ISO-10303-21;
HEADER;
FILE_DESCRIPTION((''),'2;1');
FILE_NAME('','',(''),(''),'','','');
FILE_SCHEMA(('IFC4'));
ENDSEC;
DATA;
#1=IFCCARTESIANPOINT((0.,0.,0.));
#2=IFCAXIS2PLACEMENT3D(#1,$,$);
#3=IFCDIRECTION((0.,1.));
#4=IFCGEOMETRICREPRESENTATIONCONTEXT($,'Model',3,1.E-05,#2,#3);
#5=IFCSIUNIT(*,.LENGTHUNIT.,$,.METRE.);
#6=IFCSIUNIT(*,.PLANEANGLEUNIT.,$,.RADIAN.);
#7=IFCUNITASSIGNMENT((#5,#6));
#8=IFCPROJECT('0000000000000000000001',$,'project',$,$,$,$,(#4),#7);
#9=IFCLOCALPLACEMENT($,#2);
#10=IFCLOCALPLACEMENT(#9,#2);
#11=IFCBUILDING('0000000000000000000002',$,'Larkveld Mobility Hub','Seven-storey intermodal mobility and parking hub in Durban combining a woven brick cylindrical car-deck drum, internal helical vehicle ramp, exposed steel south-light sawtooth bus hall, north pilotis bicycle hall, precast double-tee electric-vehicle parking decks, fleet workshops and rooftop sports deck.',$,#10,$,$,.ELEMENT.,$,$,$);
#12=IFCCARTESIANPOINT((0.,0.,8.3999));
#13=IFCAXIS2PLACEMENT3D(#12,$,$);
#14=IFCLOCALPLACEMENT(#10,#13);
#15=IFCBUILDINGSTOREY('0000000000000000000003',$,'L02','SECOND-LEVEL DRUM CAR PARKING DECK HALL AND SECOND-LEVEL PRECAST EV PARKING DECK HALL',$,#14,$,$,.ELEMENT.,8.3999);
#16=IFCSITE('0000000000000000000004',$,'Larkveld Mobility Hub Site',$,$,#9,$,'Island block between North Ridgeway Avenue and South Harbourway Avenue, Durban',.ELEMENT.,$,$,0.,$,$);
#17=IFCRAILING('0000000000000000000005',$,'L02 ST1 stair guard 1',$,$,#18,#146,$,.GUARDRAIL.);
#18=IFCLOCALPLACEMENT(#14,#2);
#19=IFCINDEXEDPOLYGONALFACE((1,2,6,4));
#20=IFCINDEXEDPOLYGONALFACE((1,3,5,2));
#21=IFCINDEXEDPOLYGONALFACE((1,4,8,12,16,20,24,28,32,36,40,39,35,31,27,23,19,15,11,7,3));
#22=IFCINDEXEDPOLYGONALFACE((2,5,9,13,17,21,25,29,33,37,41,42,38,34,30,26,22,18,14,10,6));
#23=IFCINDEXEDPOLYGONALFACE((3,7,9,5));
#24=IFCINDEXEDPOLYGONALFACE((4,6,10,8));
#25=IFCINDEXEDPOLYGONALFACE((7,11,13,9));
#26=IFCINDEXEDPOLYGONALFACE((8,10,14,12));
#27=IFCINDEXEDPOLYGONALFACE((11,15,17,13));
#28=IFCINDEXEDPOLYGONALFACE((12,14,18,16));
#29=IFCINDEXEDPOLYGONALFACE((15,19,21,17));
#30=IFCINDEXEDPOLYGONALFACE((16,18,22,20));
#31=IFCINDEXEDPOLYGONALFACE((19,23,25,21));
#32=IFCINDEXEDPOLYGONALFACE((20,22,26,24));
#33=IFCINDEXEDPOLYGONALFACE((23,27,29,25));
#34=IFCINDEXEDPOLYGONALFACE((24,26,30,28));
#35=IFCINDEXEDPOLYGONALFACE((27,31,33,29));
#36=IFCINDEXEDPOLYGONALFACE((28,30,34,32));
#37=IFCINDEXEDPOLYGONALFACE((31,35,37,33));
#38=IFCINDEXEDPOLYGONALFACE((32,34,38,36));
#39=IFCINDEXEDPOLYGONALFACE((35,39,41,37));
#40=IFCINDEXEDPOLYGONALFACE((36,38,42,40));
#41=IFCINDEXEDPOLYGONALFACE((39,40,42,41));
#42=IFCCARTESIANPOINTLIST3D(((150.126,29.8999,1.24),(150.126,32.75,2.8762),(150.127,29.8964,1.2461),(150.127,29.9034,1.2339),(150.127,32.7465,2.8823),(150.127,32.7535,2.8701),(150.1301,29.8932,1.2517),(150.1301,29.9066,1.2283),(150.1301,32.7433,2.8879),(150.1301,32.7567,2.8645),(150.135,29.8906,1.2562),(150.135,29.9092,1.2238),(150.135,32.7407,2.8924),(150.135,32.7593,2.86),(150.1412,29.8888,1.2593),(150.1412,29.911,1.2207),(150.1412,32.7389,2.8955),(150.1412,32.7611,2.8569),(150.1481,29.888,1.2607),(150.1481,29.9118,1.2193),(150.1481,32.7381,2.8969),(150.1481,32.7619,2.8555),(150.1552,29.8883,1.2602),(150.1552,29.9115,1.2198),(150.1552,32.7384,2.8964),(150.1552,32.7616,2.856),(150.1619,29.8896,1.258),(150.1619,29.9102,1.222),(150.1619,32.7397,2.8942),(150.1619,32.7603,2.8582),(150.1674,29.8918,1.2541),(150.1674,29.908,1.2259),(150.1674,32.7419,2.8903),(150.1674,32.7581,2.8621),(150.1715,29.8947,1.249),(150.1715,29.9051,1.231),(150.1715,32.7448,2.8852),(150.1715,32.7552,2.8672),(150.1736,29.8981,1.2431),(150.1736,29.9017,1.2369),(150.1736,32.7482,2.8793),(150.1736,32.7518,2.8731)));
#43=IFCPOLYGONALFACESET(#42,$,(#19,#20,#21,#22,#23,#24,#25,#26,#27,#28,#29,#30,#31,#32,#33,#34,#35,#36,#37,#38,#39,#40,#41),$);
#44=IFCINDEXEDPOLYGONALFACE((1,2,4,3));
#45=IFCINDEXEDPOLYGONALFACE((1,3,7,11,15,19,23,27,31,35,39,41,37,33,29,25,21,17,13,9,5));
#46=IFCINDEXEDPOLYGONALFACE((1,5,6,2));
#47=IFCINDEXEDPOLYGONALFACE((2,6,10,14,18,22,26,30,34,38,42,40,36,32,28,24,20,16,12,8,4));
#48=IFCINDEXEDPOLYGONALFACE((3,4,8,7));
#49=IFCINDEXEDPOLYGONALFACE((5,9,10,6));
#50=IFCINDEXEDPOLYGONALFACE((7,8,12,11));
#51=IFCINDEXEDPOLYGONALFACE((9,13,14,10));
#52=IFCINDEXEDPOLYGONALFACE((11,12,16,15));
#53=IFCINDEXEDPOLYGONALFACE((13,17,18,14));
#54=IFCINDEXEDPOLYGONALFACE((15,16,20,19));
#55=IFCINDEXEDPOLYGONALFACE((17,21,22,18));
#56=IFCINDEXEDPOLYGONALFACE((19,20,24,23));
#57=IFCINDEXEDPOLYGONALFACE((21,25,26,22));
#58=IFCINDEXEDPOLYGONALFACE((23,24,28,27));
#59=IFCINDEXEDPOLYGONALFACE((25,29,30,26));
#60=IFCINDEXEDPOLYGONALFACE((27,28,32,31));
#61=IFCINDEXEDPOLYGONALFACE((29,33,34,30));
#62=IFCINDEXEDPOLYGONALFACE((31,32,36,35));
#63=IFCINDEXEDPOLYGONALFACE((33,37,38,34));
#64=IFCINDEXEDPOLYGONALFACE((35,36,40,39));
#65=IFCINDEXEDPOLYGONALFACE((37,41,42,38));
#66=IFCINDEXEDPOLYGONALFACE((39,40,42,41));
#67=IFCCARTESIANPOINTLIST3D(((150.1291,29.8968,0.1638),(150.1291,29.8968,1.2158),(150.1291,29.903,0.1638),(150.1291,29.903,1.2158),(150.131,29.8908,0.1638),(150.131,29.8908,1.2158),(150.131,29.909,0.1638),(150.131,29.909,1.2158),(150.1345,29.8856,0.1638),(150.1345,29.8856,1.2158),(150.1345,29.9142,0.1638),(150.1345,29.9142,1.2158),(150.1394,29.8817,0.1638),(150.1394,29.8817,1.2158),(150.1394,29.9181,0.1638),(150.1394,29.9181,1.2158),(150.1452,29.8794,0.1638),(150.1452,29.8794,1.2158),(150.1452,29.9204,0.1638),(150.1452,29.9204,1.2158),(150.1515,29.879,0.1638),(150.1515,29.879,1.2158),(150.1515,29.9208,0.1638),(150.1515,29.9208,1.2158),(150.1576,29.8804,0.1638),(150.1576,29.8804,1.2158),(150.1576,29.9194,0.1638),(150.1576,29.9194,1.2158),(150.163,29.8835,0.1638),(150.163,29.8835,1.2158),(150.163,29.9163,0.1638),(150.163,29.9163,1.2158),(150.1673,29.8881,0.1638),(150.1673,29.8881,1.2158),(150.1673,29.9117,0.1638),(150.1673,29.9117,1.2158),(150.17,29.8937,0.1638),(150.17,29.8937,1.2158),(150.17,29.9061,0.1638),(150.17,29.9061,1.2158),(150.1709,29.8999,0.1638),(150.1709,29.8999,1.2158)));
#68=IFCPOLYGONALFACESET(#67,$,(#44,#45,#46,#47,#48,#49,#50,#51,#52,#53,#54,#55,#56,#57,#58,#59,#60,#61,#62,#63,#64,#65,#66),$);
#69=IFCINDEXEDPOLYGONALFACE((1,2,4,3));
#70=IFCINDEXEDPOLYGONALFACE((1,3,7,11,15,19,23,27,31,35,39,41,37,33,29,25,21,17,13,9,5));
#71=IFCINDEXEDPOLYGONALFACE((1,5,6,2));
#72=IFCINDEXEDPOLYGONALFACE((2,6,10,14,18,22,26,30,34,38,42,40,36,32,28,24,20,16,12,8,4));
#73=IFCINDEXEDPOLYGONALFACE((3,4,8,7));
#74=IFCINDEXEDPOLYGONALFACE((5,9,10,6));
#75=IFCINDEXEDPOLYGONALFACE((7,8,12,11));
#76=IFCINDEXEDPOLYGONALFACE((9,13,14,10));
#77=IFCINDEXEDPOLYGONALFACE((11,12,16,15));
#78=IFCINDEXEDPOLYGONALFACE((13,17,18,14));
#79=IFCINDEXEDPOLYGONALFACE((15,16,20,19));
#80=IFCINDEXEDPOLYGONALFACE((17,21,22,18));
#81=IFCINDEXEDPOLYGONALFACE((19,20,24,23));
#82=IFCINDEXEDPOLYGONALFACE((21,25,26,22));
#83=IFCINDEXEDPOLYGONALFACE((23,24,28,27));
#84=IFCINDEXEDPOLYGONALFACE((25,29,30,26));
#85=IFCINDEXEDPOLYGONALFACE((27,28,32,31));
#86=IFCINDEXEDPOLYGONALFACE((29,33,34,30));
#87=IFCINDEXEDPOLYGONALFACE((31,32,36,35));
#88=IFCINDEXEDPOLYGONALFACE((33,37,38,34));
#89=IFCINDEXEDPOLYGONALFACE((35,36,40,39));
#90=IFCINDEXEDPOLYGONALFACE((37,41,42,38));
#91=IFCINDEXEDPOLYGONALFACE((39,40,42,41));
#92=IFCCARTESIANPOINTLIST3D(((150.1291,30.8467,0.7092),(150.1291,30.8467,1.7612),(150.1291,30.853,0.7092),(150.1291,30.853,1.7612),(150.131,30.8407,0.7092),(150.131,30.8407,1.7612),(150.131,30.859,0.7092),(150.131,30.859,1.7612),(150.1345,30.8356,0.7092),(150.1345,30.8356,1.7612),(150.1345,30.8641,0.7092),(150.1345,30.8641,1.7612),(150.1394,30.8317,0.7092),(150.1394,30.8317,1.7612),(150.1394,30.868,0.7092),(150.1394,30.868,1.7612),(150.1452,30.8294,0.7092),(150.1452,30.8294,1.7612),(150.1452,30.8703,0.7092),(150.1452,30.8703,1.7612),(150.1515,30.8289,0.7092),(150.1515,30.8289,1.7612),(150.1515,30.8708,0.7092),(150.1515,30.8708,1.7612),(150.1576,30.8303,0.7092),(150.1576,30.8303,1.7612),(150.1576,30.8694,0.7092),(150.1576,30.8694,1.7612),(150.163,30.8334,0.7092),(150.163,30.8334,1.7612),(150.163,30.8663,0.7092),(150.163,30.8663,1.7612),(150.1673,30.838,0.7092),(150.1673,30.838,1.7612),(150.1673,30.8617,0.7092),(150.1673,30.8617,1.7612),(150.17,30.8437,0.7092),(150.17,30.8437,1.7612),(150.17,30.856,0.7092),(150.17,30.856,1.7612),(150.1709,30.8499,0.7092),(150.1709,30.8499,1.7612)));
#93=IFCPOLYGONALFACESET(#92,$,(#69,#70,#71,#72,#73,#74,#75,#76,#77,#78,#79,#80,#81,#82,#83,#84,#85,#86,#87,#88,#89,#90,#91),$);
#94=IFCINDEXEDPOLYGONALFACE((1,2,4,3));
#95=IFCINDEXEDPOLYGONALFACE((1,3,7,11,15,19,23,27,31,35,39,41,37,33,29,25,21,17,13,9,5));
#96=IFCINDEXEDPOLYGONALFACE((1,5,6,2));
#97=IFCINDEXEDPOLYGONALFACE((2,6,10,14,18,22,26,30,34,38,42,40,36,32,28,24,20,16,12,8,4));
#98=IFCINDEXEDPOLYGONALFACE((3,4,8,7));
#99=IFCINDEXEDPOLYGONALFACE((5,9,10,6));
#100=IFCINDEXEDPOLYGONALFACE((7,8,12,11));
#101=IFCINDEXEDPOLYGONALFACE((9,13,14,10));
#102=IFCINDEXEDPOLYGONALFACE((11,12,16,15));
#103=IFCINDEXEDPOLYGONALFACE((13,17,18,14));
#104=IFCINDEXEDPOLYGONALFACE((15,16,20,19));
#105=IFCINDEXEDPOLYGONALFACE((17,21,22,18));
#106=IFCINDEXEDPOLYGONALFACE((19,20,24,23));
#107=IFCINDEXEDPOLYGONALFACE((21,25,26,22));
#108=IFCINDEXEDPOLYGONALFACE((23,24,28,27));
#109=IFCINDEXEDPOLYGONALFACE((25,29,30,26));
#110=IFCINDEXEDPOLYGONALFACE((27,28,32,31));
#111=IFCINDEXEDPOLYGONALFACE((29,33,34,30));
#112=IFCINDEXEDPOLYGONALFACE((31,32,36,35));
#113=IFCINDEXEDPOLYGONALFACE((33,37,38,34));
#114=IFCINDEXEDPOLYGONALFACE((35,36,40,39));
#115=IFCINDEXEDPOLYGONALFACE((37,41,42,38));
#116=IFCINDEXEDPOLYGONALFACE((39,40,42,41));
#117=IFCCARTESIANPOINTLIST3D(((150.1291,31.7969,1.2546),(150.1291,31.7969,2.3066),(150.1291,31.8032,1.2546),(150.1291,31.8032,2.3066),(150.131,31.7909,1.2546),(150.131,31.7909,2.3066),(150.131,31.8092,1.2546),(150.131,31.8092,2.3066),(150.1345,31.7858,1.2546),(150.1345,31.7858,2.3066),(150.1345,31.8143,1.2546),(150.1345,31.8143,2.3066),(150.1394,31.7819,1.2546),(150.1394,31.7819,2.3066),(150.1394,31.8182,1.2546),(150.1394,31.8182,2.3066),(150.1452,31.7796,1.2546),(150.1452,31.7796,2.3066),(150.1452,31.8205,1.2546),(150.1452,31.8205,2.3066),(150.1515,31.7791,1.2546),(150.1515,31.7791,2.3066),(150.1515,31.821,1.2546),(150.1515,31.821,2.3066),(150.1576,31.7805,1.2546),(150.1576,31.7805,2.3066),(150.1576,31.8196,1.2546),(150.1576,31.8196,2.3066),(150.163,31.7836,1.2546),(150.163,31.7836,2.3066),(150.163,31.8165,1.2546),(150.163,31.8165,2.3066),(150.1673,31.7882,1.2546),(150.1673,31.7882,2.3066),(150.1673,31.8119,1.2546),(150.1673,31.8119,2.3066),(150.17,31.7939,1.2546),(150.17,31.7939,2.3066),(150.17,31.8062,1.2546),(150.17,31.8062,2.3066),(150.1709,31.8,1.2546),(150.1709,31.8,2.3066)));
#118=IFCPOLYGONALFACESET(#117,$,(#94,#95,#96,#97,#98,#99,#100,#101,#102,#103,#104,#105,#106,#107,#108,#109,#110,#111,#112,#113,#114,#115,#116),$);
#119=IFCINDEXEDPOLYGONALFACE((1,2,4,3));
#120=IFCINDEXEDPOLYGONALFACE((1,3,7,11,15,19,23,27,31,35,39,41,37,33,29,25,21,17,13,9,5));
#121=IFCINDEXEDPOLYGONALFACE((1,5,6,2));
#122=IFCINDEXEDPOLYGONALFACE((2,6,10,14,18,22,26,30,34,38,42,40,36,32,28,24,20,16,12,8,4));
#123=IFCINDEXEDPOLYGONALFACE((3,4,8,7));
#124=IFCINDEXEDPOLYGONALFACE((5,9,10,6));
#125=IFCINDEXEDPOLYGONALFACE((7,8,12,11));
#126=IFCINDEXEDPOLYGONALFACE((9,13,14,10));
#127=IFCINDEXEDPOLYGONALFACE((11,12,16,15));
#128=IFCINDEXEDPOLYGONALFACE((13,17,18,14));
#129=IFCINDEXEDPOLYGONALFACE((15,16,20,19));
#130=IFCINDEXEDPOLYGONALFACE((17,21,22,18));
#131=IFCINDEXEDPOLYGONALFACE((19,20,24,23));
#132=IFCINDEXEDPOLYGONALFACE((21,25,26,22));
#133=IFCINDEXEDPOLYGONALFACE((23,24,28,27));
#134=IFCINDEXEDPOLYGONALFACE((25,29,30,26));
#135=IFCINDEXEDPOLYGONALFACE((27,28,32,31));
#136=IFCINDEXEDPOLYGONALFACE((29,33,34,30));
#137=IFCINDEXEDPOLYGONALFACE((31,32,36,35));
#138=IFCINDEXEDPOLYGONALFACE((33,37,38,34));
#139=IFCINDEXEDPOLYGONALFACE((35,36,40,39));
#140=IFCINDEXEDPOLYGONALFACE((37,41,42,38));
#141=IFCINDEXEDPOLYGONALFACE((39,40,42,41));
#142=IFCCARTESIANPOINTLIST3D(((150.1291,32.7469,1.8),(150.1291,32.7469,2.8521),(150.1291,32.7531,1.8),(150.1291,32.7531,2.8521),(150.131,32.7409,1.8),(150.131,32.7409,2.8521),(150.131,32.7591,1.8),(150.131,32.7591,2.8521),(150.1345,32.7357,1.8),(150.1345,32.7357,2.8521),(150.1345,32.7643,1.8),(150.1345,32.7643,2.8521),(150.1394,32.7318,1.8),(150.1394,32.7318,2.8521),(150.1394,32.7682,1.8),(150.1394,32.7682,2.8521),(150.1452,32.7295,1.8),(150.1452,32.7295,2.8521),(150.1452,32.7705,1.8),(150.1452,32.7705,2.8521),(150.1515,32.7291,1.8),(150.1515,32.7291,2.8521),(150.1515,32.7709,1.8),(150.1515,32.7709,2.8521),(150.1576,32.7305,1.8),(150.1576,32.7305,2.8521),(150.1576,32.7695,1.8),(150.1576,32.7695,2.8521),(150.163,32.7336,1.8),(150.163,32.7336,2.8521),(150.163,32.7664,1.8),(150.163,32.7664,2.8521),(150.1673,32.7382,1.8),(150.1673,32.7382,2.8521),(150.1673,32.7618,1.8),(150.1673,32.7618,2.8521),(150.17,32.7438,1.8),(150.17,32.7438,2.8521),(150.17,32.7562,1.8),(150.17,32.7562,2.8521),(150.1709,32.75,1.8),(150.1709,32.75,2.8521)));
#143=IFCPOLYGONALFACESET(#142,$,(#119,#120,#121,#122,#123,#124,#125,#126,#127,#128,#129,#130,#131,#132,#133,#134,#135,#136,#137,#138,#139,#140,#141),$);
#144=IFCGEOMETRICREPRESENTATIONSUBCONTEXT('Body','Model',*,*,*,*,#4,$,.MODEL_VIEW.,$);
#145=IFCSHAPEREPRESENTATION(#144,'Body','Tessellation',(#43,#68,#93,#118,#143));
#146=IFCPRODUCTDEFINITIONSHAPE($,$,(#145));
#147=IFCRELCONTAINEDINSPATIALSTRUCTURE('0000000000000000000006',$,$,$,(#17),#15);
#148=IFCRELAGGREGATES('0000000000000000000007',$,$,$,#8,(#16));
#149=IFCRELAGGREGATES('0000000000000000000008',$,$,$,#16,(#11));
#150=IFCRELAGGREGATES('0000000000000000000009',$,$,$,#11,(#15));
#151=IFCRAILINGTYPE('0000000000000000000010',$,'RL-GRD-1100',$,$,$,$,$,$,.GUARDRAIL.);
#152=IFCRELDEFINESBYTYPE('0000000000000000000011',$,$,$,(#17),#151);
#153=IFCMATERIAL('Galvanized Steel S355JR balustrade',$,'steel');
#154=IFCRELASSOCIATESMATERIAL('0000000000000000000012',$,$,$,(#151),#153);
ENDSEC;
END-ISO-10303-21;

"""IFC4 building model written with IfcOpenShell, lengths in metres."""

from ifc_helpers import new_model, si_unit, direction, frame, origin, origin_2d, place, context, subcontext, project, spatial, circle, extrude, material, type_object, element, save


model = new_model("IFC4")

# Units and contexts
model_context = context("Model", 3, precision=1e-05, world=origin(), true_north=direction((0.0, 1.0)))
body_context = subcontext(model_context, "Body", "Model", "MODEL_VIEW")
ifc_project = project(units=[si_unit("LENGTHUNIT", "METRE"), si_unit("PLANEANGLEUNIT", "RADIAN")], contexts=[model_context])

# Site, building, storey
site_placement = place(None, origin())
site = spatial("IfcSite", under=ifc_project, at=site_placement, Name="Larkveld Mobility Hub Site", LongName="Island block between North Ridgeway Avenue and South Harbourway Avenue, Durban", CompositionType="ELEMENT", RefElevation=0.0)
building_placement = place(site_placement, origin())
building = spatial("IfcBuilding", under=site, at=building_placement, Name="Larkveld Mobility Hub", Description="Seven-storey intermodal mobility and parking hub in Durban combining a woven brick cylindrical car-deck drum, internal helical vehicle ramp, exposed steel south-light sawtooth bus hall, north pilotis bicycle hall, precast double-tee electric-vehicle parking decks, fleet workshops and rooftop sports deck.", CompositionType="ELEMENT")
storey_placement = place(building_placement, frame((0.0, 0.0, 8.3999)))
storey = spatial("IfcBuildingStorey", under=building, at=storey_placement, Name="L02", Description="SECOND-LEVEL DRUM CAR PARKING DECK HALL AND SECOND-LEVEL PRECAST EV PARKING DECK HALL", CompositionType="ELEMENT", Elevation=8.3999)

# Railing
ifc_material_1 = material(Name="Galvanized Steel S355JR balustrade", Category="steel")
railing_type_1 = type_object("IfcRailingType", Name="RL-GRD-1100", PredefinedType="GUARDRAIL", material=ifc_material_1)
railing_1_placement = place(storey_placement, frame((150.1499, 29.8999, 0.1638)))
element("IfcRailing", 1, at=railing_1_placement, inside=storey, type_object=railing_type_1, Name="L02 ST1 stair guard 1", PredefinedType="GUARDRAIL", context=body_context, shape_type="SweptSolid", body=[
    extrude(circle(Radius=0.0239, at=origin_2d()), frame((0.0, 0.0, 1.0762), z_axis=(0.0, 0.867245, 0.497882), x_axis=(-1.0, 0.0, 0.0)), (0.0, 0.0, 1.0), 3.2864),
    extrude(circle(Radius=0.021, at=origin_2d()), origin(), (0.0, 0.0, 1.0), 1.052),
    extrude(circle(Radius=0.021, at=origin_2d()), frame((0.0, 0.95, 0.5454)), (0.0, 0.0, 1.0), 1.052),
    extrude(circle(Radius=0.021, at=origin_2d()), frame((0.0, 1.9001, 1.0908)), (0.0, 0.0, 1.0), 1.052),
    extrude(circle(Radius=0.021, at=origin_2d()), frame((0.0, 2.8501, 1.6362)), (0.0, 0.0, 1.0), 1.052),
])

save(model, "model.ifc")
